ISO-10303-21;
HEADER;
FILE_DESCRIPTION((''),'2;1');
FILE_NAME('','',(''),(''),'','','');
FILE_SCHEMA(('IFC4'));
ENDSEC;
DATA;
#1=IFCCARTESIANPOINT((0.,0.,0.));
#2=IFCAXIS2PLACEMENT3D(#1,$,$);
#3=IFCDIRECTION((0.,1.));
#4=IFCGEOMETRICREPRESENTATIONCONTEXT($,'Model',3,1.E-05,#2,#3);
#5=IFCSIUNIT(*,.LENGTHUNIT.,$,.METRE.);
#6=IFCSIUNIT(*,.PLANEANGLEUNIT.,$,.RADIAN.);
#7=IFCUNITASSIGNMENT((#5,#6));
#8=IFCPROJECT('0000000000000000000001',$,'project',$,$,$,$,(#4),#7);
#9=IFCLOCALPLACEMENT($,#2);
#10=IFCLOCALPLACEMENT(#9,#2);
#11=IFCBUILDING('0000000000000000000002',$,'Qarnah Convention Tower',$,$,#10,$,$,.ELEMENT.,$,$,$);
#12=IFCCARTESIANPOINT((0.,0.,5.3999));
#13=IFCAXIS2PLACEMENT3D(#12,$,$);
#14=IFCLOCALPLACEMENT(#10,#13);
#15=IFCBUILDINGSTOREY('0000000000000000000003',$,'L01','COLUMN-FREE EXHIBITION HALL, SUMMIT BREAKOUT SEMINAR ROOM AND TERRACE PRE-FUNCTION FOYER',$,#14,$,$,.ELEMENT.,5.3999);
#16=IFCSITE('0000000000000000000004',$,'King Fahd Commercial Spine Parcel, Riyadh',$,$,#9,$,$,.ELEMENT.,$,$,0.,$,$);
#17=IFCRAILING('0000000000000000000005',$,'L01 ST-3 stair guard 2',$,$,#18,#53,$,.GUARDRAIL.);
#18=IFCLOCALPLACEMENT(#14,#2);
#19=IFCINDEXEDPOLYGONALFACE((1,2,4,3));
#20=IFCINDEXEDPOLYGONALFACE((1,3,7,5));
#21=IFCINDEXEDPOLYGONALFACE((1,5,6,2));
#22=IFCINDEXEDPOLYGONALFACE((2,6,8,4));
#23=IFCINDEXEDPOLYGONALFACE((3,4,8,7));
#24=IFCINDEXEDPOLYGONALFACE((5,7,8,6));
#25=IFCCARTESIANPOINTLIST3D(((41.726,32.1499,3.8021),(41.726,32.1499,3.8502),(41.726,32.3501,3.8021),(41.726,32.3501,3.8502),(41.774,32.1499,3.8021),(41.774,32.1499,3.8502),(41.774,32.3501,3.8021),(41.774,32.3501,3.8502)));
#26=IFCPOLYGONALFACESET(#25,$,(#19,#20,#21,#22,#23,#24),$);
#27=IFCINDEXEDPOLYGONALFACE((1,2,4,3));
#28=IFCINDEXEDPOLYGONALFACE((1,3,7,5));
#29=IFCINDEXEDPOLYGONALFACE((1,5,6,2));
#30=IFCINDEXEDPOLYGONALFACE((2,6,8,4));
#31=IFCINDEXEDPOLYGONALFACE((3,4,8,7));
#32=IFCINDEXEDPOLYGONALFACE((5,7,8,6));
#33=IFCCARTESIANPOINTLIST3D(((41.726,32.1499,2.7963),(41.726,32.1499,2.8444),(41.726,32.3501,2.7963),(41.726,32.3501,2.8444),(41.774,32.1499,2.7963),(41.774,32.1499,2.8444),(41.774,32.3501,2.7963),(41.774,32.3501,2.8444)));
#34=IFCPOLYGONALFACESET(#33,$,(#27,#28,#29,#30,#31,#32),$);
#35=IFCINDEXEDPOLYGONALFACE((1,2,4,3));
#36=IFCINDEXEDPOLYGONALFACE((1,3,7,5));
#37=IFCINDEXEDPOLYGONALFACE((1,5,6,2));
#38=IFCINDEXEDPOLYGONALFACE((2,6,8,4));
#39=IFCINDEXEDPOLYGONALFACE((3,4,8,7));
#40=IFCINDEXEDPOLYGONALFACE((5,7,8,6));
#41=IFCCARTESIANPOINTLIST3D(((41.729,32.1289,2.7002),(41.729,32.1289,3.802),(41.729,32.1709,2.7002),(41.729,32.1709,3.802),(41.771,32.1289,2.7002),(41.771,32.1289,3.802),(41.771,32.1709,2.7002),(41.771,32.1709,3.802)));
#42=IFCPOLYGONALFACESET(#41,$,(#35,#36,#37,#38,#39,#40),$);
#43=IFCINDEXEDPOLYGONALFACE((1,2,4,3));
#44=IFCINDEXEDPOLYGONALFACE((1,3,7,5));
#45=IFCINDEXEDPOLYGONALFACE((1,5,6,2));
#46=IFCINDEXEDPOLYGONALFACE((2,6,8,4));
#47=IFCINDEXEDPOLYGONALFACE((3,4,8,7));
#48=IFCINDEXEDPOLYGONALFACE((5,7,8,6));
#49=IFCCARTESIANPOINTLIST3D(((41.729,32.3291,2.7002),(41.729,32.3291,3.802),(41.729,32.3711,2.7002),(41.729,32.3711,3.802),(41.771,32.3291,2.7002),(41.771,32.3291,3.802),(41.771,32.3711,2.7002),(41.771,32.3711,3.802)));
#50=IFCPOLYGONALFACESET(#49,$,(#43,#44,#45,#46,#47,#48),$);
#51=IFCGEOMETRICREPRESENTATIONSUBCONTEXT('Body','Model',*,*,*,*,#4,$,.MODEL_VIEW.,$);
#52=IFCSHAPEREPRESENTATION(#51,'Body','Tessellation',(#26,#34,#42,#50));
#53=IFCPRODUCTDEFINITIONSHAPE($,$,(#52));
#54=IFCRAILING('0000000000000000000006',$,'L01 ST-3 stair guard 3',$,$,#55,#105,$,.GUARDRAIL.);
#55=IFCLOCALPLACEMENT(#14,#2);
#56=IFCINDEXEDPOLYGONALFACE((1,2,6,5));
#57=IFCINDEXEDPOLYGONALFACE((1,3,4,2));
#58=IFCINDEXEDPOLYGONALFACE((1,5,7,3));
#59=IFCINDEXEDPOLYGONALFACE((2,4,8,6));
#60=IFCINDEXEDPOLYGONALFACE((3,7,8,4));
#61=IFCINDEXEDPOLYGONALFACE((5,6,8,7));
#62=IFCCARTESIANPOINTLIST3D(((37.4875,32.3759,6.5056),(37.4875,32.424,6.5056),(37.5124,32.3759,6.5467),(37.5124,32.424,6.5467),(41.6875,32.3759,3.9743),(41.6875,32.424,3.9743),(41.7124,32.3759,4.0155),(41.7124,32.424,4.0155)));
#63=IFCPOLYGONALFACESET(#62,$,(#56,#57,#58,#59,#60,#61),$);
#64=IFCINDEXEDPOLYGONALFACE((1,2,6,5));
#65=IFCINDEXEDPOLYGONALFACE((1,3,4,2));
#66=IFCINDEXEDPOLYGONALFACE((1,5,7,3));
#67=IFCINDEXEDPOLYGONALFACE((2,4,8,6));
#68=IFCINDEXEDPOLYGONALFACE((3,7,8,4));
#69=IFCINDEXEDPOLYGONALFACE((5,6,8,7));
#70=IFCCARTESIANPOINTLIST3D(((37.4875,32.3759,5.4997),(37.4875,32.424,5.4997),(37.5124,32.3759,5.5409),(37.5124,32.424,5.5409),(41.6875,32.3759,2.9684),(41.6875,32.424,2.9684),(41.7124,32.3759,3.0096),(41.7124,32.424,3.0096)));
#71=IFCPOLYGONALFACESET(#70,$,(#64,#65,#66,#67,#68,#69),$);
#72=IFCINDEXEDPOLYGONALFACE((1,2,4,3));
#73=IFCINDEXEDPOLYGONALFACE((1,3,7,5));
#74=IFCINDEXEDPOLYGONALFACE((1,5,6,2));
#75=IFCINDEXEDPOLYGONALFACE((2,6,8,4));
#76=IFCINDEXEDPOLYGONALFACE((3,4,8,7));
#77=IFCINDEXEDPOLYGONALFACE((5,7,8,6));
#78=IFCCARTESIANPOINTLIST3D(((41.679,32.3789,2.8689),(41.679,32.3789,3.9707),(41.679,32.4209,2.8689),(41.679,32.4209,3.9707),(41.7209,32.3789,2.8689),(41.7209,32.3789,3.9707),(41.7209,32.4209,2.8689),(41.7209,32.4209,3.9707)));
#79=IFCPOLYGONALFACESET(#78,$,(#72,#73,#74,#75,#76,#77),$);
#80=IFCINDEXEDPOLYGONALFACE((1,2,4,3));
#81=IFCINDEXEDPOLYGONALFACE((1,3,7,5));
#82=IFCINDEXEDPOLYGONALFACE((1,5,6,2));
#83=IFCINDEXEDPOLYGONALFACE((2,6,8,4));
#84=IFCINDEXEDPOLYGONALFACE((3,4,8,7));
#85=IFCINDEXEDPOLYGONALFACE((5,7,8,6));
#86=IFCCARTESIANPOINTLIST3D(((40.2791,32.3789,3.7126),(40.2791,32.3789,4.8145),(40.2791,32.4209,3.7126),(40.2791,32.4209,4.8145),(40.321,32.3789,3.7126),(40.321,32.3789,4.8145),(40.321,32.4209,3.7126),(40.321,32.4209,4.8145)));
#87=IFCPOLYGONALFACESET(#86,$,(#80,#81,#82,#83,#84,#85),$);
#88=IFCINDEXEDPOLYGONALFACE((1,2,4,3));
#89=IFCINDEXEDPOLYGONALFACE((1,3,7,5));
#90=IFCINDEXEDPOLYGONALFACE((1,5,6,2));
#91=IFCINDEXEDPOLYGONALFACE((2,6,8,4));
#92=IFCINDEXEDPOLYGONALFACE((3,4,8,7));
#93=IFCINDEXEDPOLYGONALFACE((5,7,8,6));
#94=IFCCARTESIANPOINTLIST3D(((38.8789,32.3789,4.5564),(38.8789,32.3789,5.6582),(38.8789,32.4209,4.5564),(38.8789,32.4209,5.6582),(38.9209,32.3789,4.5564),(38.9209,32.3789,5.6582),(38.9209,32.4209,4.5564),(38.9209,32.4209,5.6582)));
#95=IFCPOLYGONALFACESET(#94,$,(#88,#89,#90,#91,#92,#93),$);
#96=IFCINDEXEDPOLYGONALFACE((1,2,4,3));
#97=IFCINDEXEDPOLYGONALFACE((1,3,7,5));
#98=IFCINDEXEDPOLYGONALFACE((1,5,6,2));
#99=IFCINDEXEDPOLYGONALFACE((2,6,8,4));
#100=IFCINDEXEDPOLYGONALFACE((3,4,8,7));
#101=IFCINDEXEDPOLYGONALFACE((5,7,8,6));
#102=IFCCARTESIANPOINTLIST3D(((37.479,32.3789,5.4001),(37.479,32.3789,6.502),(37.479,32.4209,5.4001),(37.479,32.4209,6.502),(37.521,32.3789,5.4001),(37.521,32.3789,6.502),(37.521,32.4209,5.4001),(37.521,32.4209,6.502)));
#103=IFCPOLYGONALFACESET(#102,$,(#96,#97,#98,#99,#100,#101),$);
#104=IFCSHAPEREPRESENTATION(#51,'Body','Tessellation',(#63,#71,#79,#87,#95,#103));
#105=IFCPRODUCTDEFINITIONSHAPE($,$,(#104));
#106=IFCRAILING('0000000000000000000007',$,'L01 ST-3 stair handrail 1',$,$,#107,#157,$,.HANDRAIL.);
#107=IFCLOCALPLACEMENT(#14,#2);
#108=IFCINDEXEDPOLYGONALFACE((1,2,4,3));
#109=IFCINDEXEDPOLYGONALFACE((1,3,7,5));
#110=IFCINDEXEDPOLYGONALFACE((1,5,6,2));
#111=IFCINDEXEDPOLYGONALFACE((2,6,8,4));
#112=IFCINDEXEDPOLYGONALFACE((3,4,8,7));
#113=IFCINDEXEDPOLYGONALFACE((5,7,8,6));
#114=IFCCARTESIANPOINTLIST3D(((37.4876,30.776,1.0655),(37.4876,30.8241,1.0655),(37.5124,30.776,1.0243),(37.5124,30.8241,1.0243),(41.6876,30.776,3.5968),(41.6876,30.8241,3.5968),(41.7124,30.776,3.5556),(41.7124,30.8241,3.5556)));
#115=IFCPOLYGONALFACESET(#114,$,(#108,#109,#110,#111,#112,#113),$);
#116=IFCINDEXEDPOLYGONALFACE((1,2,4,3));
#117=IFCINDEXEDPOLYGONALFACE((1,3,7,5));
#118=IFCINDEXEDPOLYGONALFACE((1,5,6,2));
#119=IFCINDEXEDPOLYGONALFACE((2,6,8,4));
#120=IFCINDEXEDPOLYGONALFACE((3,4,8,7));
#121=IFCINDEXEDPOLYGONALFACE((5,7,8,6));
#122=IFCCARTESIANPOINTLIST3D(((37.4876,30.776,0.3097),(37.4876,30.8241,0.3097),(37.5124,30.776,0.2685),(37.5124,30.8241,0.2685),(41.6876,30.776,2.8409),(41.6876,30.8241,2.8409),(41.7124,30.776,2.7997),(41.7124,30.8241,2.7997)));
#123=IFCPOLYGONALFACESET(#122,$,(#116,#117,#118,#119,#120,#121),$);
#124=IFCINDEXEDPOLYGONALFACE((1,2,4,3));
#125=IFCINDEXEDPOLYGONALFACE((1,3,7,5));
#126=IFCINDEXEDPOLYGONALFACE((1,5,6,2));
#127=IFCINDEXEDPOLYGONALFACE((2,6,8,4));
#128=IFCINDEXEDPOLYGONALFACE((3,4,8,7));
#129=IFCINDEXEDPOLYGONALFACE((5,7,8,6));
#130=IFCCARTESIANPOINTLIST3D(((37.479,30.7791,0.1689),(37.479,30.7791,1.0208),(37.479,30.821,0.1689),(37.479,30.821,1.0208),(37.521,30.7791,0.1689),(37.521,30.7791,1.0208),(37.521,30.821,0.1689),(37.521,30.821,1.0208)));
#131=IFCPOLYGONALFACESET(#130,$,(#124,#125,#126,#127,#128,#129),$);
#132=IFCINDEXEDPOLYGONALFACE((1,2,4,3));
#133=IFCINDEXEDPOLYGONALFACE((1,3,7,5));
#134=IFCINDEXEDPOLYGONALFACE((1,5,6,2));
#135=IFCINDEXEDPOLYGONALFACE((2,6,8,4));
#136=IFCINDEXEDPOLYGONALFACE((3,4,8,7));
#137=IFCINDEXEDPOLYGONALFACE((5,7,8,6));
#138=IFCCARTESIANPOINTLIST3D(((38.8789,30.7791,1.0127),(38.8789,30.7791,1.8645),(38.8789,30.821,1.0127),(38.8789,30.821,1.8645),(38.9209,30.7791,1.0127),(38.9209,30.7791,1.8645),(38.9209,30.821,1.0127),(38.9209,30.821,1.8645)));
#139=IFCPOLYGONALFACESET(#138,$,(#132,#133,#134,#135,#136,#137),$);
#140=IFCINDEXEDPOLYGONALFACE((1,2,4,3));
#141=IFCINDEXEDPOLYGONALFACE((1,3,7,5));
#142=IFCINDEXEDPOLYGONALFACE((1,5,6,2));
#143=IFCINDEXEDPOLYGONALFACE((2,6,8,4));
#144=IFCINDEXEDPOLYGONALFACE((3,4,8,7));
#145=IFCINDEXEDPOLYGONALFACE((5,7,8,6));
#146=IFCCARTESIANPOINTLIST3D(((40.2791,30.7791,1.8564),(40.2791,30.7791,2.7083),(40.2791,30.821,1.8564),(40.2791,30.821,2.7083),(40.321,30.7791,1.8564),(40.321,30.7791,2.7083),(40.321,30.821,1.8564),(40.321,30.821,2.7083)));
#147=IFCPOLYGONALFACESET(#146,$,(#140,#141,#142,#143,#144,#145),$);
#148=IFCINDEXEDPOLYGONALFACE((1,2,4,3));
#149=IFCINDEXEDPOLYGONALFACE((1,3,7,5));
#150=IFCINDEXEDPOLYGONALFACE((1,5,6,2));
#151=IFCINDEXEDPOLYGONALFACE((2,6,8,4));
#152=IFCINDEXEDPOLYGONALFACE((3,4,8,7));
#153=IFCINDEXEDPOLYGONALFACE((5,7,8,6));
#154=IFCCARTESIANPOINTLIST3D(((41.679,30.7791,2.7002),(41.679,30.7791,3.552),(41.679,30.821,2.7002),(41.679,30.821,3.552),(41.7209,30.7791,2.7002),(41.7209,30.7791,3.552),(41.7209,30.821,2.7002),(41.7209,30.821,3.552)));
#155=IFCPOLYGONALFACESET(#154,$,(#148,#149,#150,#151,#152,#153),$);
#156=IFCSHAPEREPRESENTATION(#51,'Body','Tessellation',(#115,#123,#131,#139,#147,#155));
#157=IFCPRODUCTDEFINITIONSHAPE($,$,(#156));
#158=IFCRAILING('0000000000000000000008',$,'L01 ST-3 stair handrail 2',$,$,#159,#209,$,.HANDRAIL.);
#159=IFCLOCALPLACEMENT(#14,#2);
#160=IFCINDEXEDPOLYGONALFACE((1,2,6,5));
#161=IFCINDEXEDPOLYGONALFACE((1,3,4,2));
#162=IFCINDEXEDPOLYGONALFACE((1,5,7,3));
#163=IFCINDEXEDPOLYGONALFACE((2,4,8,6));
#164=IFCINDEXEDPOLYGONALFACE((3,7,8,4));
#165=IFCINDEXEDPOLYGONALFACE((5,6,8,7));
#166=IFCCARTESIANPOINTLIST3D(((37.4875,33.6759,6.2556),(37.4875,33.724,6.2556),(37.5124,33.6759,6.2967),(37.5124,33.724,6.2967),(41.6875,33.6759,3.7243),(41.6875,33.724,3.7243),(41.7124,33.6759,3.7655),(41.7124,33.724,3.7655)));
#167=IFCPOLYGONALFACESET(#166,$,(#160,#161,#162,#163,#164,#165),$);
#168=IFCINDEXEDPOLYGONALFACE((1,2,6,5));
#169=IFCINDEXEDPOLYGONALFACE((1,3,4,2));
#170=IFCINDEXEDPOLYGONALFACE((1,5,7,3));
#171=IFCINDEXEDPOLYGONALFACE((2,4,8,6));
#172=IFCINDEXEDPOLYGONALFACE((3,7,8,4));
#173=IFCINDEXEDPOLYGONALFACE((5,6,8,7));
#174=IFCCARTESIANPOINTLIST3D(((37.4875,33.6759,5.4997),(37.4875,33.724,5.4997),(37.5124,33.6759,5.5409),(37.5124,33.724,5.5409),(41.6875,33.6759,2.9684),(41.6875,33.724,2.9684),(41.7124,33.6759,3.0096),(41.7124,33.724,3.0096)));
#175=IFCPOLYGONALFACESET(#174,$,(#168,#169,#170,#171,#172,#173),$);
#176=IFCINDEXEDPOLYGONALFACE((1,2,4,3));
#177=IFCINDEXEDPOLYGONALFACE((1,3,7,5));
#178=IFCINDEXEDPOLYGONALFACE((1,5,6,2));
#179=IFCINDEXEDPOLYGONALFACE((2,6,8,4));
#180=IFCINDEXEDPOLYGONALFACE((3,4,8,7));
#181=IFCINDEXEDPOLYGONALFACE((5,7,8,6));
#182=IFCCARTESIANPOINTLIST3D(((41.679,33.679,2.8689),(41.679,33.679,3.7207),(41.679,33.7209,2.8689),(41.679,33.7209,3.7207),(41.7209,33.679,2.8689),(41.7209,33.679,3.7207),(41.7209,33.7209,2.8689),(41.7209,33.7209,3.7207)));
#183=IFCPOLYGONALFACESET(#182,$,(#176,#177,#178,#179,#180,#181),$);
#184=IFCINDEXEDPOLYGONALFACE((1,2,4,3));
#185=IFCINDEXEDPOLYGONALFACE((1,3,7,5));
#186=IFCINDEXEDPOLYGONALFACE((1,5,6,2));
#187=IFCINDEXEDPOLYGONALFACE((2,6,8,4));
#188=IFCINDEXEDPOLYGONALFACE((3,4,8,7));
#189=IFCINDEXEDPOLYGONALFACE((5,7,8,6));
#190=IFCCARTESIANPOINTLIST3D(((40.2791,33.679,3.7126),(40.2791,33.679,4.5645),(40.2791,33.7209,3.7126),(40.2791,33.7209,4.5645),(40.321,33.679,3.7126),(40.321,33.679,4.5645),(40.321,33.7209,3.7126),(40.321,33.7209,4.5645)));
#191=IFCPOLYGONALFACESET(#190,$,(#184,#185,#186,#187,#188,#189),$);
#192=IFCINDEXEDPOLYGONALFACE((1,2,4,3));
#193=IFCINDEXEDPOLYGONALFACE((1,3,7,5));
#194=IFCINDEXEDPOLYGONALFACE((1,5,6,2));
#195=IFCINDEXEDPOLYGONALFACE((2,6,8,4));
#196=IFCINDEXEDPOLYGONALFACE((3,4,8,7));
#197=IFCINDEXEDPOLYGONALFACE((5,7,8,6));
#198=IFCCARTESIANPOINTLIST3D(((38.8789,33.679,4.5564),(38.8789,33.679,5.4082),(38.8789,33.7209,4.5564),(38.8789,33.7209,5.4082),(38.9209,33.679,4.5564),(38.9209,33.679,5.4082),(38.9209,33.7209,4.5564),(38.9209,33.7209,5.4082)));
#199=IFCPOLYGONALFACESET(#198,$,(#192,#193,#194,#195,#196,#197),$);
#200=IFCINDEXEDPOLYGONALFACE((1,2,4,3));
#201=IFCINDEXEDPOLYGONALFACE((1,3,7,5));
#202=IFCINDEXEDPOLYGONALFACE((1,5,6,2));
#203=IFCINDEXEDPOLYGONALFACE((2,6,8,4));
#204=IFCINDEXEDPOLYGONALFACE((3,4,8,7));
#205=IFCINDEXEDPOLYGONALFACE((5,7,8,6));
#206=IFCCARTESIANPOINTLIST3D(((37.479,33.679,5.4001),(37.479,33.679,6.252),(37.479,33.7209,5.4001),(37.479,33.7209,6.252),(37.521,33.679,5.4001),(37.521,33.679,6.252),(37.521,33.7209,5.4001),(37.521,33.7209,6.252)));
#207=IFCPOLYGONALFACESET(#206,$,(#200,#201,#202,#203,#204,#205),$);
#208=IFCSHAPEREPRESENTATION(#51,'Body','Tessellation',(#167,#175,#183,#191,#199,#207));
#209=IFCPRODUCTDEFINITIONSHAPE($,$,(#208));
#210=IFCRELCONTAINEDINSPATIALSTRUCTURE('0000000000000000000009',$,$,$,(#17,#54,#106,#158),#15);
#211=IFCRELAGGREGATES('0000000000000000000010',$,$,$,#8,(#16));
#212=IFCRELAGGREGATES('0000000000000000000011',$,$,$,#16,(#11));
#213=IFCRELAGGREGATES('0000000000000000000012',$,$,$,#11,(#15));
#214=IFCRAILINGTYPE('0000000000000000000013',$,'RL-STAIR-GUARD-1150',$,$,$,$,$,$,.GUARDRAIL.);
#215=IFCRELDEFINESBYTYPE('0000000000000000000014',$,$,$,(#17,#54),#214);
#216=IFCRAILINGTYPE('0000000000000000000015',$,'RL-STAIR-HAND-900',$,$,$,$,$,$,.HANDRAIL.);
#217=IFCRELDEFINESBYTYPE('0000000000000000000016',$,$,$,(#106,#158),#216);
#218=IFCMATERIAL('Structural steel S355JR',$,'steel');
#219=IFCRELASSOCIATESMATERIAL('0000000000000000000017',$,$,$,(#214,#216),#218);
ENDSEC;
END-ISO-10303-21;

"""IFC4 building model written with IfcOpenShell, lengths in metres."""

from ifc_helpers import new_model, si_unit, direction, frame, origin, origin_2d, place, context, subcontext, project, spatial, rectangle, extrude, material, type_object, element, save


model = new_model("IFC4")

# Units and contexts
model_context = context("Model", 3, precision=1e-05, world=origin(), true_north=direction((0.0, 1.0)))
body_context = subcontext(model_context, "Body", "Model", "MODEL_VIEW")
ifc_project = project(units=[si_unit("LENGTHUNIT", "METRE"), si_unit("PLANEANGLEUNIT", "RADIAN")], contexts=[model_context])

# Site, building, storey
site_placement = place(None, origin())
site = spatial("IfcSite", under=ifc_project, at=site_placement, Name="King Fahd Commercial Spine Parcel, Riyadh", CompositionType="ELEMENT", RefElevation=0.0)
building_placement = place(site_placement, origin())
building = spatial("IfcBuilding", under=site, at=building_placement, Name="Qarnah Convention Tower", CompositionType="ELEMENT")
storey_placement = place(building_placement, frame((0.0, 0.0, 5.3999)))
storey = spatial("IfcBuildingStorey", under=building, at=storey_placement, Name="L01", Description="COLUMN-FREE EXHIBITION HALL, SUMMIT BREAKOUT SEMINAR ROOM AND TERRACE PRE-FUNCTION FOYER", CompositionType="ELEMENT", Elevation=5.3999)

# Shared definitions
ifc_material_1 = material(Name="Structural steel S355JR", Category="steel")

# Railings
railing_type_1 = type_object("IfcRailingType", Name="RL-STAIR-GUARD-1150", PredefinedType="GUARDRAIL", material=ifc_material_1)
railing_1_placement = place(storey_placement, frame((41.75, 32.1499, 2.7002)))
element("IfcRailing", 1, at=railing_1_placement, inside=storey, type_object=railing_type_1, Name="L01 ST-3 stair guard 2", PredefinedType="GUARDRAIL", context=body_context, shape_type="SweptSolid", body=[
    extrude(rectangle(XDim=0.0481, YDim=0.0481, at=origin_2d()), frame((0.0, 0.0, 1.126), z_axis=(0.0, 1.0, 0.0), x_axis=(-1.0, 0.0, 0.0)), (0.0, 0.0, 1.0), 0.2002),
    extrude(rectangle(XDim=0.0481, YDim=0.0481, at=origin_2d()), frame((0.0, 0.0, 0.1201), z_axis=(0.0, 1.0, 0.0), x_axis=(-1.0, 0.0, 0.0)), (0.0, 0.0, 1.0), 0.2002),
    extrude(rectangle(XDim=0.042, YDim=0.042, at=origin_2d()), origin(), (0.0, 0.0, 1.0), 1.1018),
    extrude(rectangle(XDim=0.042, YDim=0.042, at=origin_2d()), frame((0.0, 0.2002, 0.0)), (0.0, 0.0, 1.0), 1.1018),
])
railing_2_placement = place(storey_placement, frame((41.7, 32.3999, 2.8689)))
element("IfcRailing", 2, at=railing_2_placement, inside=storey, type_object=railing_type_1, Name="L01 ST-3 stair guard 3", PredefinedType="GUARDRAIL", context=body_context, shape_type="SweptSolid", body=[
    extrude(rectangle(XDim=0.0481, YDim=0.0481, at=origin_2d()), frame((0.0, 0.0, 1.126), z_axis=(-0.856476, 0.0, 0.516186), x_axis=(0.0, -1.0, 0.0)), (0.0, 0.0, 1.0), 4.9038),
    extrude(rectangle(XDim=0.0481, YDim=0.0481, at=origin_2d()), frame((0.0, 0.0, 0.1201), z_axis=(-0.856476, 0.0, 0.516186), x_axis=(0.0, -1.0, 0.0)), (0.0, 0.0, 1.0), 4.9038),
    extrude(rectangle(XDim=0.042, YDim=0.042, at=origin_2d()), origin(), (0.0, 0.0, 1.0), 1.1018),
    extrude(rectangle(XDim=0.042, YDim=0.042, at=origin_2d()), frame((-1.3999, 0.0, 0.8438)), (0.0, 0.0, 1.0), 1.1018),
    extrude(rectangle(XDim=0.042, YDim=0.042, at=origin_2d()), frame((-2.8, 0.0, 1.6875)), (0.0, 0.0, 1.0), 1.1018),
    extrude(rectangle(XDim=0.042, YDim=0.042, at=origin_2d()), frame((-4.2, 0.0, 2.5312)), (0.0, 0.0, 1.0), 1.1018),
])
railing_type_2 = type_object("IfcRailingType", Name="RL-STAIR-HAND-900", PredefinedType="HANDRAIL", material=ifc_material_1)
railing_3_placement = place(storey_placement, frame((37.5, 30.8, 0.1689)))
element("IfcRailing", 3, at=railing_3_placement, inside=storey, type_object=railing_type_2, Name="L01 ST-3 stair handrail 1", PredefinedType="HANDRAIL", context=body_context, shape_type="SweptSolid", body=[
    extrude(rectangle(XDim=0.0481, YDim=0.0481, at=origin_2d()), frame((0.0, 0.0, 0.876), z_axis=(0.856476, 0.0, 0.516186), x_axis=(0.0, 1.0, 0.0)), (0.0, 0.0, 1.0), 4.9038),
    extrude(rectangle(XDim=0.0481, YDim=0.0481, at=origin_2d()), frame((0.0, 0.0, 0.1201), z_axis=(0.856476, 0.0, 0.516186), x_axis=(0.0, 1.0, 0.0)), (0.0, 0.0, 1.0), 4.9038),
    extrude(rectangle(XDim=0.042, YDim=0.042, at=origin_2d()), origin(), (0.0, 0.0, 1.0), 0.8518),
    extrude(rectangle(XDim=0.042, YDim=0.042, at=origin_2d()), frame((1.3999, 0.0, 0.8438)), (0.0, 0.0, 1.0), 0.8518),
    extrude(rectangle(XDim=0.042, YDim=0.042, at=origin_2d()), frame((2.8, 0.0, 1.6875)), (0.0, 0.0, 1.0), 0.8518),
    extrude(rectangle(XDim=0.042, YDim=0.042, at=origin_2d()), frame((4.2, 0.0, 2.5312)), (0.0, 0.0, 1.0), 0.8518),
])
railing_4_placement = place(storey_placement, frame((41.7, 33.7, 2.8689)))
element("IfcRailing", 4, at=railing_4_placement, inside=storey, type_object=railing_type_2, Name="L01 ST-3 stair handrail 2", PredefinedType="HANDRAIL", context=body_context, shape_type="SweptSolid", body=[
    extrude(rectangle(XDim=0.0481, YDim=0.0481, at=origin_2d()), frame((0.0, 0.0, 0.876), z_axis=(-0.856476, 0.0, 0.516186), x_axis=(0.0, -1.0, 0.0)), (0.0, 0.0, 1.0), 4.9038),
    extrude(rectangle(XDim=0.0481, YDim=0.0481, at=origin_2d()), frame((0.0, 0.0, 0.1201), z_axis=(-0.856476, 0.0, 0.516186), x_axis=(0.0, -1.0, 0.0)), (0.0, 0.0, 1.0), 4.9038),
    extrude(rectangle(XDim=0.042, YDim=0.042, at=origin_2d()), origin(), (0.0, 0.0, 1.0), 0.8518),
    extrude(rectangle(XDim=0.042, YDim=0.042, at=origin_2d()), frame((-1.3999, 0.0, 0.8438)), (0.0, 0.0, 1.0), 0.8518),
    extrude(rectangle(XDim=0.042, YDim=0.042, at=origin_2d()), frame((-2.8, 0.0, 1.6875)), (0.0, 0.0, 1.0), 0.8518),
    extrude(rectangle(XDim=0.042, YDim=0.042, at=origin_2d()), frame((-4.2, 0.0, 2.5312)), (0.0, 0.0, 1.0), 0.8518),
])

save(model, "model.ifc")
